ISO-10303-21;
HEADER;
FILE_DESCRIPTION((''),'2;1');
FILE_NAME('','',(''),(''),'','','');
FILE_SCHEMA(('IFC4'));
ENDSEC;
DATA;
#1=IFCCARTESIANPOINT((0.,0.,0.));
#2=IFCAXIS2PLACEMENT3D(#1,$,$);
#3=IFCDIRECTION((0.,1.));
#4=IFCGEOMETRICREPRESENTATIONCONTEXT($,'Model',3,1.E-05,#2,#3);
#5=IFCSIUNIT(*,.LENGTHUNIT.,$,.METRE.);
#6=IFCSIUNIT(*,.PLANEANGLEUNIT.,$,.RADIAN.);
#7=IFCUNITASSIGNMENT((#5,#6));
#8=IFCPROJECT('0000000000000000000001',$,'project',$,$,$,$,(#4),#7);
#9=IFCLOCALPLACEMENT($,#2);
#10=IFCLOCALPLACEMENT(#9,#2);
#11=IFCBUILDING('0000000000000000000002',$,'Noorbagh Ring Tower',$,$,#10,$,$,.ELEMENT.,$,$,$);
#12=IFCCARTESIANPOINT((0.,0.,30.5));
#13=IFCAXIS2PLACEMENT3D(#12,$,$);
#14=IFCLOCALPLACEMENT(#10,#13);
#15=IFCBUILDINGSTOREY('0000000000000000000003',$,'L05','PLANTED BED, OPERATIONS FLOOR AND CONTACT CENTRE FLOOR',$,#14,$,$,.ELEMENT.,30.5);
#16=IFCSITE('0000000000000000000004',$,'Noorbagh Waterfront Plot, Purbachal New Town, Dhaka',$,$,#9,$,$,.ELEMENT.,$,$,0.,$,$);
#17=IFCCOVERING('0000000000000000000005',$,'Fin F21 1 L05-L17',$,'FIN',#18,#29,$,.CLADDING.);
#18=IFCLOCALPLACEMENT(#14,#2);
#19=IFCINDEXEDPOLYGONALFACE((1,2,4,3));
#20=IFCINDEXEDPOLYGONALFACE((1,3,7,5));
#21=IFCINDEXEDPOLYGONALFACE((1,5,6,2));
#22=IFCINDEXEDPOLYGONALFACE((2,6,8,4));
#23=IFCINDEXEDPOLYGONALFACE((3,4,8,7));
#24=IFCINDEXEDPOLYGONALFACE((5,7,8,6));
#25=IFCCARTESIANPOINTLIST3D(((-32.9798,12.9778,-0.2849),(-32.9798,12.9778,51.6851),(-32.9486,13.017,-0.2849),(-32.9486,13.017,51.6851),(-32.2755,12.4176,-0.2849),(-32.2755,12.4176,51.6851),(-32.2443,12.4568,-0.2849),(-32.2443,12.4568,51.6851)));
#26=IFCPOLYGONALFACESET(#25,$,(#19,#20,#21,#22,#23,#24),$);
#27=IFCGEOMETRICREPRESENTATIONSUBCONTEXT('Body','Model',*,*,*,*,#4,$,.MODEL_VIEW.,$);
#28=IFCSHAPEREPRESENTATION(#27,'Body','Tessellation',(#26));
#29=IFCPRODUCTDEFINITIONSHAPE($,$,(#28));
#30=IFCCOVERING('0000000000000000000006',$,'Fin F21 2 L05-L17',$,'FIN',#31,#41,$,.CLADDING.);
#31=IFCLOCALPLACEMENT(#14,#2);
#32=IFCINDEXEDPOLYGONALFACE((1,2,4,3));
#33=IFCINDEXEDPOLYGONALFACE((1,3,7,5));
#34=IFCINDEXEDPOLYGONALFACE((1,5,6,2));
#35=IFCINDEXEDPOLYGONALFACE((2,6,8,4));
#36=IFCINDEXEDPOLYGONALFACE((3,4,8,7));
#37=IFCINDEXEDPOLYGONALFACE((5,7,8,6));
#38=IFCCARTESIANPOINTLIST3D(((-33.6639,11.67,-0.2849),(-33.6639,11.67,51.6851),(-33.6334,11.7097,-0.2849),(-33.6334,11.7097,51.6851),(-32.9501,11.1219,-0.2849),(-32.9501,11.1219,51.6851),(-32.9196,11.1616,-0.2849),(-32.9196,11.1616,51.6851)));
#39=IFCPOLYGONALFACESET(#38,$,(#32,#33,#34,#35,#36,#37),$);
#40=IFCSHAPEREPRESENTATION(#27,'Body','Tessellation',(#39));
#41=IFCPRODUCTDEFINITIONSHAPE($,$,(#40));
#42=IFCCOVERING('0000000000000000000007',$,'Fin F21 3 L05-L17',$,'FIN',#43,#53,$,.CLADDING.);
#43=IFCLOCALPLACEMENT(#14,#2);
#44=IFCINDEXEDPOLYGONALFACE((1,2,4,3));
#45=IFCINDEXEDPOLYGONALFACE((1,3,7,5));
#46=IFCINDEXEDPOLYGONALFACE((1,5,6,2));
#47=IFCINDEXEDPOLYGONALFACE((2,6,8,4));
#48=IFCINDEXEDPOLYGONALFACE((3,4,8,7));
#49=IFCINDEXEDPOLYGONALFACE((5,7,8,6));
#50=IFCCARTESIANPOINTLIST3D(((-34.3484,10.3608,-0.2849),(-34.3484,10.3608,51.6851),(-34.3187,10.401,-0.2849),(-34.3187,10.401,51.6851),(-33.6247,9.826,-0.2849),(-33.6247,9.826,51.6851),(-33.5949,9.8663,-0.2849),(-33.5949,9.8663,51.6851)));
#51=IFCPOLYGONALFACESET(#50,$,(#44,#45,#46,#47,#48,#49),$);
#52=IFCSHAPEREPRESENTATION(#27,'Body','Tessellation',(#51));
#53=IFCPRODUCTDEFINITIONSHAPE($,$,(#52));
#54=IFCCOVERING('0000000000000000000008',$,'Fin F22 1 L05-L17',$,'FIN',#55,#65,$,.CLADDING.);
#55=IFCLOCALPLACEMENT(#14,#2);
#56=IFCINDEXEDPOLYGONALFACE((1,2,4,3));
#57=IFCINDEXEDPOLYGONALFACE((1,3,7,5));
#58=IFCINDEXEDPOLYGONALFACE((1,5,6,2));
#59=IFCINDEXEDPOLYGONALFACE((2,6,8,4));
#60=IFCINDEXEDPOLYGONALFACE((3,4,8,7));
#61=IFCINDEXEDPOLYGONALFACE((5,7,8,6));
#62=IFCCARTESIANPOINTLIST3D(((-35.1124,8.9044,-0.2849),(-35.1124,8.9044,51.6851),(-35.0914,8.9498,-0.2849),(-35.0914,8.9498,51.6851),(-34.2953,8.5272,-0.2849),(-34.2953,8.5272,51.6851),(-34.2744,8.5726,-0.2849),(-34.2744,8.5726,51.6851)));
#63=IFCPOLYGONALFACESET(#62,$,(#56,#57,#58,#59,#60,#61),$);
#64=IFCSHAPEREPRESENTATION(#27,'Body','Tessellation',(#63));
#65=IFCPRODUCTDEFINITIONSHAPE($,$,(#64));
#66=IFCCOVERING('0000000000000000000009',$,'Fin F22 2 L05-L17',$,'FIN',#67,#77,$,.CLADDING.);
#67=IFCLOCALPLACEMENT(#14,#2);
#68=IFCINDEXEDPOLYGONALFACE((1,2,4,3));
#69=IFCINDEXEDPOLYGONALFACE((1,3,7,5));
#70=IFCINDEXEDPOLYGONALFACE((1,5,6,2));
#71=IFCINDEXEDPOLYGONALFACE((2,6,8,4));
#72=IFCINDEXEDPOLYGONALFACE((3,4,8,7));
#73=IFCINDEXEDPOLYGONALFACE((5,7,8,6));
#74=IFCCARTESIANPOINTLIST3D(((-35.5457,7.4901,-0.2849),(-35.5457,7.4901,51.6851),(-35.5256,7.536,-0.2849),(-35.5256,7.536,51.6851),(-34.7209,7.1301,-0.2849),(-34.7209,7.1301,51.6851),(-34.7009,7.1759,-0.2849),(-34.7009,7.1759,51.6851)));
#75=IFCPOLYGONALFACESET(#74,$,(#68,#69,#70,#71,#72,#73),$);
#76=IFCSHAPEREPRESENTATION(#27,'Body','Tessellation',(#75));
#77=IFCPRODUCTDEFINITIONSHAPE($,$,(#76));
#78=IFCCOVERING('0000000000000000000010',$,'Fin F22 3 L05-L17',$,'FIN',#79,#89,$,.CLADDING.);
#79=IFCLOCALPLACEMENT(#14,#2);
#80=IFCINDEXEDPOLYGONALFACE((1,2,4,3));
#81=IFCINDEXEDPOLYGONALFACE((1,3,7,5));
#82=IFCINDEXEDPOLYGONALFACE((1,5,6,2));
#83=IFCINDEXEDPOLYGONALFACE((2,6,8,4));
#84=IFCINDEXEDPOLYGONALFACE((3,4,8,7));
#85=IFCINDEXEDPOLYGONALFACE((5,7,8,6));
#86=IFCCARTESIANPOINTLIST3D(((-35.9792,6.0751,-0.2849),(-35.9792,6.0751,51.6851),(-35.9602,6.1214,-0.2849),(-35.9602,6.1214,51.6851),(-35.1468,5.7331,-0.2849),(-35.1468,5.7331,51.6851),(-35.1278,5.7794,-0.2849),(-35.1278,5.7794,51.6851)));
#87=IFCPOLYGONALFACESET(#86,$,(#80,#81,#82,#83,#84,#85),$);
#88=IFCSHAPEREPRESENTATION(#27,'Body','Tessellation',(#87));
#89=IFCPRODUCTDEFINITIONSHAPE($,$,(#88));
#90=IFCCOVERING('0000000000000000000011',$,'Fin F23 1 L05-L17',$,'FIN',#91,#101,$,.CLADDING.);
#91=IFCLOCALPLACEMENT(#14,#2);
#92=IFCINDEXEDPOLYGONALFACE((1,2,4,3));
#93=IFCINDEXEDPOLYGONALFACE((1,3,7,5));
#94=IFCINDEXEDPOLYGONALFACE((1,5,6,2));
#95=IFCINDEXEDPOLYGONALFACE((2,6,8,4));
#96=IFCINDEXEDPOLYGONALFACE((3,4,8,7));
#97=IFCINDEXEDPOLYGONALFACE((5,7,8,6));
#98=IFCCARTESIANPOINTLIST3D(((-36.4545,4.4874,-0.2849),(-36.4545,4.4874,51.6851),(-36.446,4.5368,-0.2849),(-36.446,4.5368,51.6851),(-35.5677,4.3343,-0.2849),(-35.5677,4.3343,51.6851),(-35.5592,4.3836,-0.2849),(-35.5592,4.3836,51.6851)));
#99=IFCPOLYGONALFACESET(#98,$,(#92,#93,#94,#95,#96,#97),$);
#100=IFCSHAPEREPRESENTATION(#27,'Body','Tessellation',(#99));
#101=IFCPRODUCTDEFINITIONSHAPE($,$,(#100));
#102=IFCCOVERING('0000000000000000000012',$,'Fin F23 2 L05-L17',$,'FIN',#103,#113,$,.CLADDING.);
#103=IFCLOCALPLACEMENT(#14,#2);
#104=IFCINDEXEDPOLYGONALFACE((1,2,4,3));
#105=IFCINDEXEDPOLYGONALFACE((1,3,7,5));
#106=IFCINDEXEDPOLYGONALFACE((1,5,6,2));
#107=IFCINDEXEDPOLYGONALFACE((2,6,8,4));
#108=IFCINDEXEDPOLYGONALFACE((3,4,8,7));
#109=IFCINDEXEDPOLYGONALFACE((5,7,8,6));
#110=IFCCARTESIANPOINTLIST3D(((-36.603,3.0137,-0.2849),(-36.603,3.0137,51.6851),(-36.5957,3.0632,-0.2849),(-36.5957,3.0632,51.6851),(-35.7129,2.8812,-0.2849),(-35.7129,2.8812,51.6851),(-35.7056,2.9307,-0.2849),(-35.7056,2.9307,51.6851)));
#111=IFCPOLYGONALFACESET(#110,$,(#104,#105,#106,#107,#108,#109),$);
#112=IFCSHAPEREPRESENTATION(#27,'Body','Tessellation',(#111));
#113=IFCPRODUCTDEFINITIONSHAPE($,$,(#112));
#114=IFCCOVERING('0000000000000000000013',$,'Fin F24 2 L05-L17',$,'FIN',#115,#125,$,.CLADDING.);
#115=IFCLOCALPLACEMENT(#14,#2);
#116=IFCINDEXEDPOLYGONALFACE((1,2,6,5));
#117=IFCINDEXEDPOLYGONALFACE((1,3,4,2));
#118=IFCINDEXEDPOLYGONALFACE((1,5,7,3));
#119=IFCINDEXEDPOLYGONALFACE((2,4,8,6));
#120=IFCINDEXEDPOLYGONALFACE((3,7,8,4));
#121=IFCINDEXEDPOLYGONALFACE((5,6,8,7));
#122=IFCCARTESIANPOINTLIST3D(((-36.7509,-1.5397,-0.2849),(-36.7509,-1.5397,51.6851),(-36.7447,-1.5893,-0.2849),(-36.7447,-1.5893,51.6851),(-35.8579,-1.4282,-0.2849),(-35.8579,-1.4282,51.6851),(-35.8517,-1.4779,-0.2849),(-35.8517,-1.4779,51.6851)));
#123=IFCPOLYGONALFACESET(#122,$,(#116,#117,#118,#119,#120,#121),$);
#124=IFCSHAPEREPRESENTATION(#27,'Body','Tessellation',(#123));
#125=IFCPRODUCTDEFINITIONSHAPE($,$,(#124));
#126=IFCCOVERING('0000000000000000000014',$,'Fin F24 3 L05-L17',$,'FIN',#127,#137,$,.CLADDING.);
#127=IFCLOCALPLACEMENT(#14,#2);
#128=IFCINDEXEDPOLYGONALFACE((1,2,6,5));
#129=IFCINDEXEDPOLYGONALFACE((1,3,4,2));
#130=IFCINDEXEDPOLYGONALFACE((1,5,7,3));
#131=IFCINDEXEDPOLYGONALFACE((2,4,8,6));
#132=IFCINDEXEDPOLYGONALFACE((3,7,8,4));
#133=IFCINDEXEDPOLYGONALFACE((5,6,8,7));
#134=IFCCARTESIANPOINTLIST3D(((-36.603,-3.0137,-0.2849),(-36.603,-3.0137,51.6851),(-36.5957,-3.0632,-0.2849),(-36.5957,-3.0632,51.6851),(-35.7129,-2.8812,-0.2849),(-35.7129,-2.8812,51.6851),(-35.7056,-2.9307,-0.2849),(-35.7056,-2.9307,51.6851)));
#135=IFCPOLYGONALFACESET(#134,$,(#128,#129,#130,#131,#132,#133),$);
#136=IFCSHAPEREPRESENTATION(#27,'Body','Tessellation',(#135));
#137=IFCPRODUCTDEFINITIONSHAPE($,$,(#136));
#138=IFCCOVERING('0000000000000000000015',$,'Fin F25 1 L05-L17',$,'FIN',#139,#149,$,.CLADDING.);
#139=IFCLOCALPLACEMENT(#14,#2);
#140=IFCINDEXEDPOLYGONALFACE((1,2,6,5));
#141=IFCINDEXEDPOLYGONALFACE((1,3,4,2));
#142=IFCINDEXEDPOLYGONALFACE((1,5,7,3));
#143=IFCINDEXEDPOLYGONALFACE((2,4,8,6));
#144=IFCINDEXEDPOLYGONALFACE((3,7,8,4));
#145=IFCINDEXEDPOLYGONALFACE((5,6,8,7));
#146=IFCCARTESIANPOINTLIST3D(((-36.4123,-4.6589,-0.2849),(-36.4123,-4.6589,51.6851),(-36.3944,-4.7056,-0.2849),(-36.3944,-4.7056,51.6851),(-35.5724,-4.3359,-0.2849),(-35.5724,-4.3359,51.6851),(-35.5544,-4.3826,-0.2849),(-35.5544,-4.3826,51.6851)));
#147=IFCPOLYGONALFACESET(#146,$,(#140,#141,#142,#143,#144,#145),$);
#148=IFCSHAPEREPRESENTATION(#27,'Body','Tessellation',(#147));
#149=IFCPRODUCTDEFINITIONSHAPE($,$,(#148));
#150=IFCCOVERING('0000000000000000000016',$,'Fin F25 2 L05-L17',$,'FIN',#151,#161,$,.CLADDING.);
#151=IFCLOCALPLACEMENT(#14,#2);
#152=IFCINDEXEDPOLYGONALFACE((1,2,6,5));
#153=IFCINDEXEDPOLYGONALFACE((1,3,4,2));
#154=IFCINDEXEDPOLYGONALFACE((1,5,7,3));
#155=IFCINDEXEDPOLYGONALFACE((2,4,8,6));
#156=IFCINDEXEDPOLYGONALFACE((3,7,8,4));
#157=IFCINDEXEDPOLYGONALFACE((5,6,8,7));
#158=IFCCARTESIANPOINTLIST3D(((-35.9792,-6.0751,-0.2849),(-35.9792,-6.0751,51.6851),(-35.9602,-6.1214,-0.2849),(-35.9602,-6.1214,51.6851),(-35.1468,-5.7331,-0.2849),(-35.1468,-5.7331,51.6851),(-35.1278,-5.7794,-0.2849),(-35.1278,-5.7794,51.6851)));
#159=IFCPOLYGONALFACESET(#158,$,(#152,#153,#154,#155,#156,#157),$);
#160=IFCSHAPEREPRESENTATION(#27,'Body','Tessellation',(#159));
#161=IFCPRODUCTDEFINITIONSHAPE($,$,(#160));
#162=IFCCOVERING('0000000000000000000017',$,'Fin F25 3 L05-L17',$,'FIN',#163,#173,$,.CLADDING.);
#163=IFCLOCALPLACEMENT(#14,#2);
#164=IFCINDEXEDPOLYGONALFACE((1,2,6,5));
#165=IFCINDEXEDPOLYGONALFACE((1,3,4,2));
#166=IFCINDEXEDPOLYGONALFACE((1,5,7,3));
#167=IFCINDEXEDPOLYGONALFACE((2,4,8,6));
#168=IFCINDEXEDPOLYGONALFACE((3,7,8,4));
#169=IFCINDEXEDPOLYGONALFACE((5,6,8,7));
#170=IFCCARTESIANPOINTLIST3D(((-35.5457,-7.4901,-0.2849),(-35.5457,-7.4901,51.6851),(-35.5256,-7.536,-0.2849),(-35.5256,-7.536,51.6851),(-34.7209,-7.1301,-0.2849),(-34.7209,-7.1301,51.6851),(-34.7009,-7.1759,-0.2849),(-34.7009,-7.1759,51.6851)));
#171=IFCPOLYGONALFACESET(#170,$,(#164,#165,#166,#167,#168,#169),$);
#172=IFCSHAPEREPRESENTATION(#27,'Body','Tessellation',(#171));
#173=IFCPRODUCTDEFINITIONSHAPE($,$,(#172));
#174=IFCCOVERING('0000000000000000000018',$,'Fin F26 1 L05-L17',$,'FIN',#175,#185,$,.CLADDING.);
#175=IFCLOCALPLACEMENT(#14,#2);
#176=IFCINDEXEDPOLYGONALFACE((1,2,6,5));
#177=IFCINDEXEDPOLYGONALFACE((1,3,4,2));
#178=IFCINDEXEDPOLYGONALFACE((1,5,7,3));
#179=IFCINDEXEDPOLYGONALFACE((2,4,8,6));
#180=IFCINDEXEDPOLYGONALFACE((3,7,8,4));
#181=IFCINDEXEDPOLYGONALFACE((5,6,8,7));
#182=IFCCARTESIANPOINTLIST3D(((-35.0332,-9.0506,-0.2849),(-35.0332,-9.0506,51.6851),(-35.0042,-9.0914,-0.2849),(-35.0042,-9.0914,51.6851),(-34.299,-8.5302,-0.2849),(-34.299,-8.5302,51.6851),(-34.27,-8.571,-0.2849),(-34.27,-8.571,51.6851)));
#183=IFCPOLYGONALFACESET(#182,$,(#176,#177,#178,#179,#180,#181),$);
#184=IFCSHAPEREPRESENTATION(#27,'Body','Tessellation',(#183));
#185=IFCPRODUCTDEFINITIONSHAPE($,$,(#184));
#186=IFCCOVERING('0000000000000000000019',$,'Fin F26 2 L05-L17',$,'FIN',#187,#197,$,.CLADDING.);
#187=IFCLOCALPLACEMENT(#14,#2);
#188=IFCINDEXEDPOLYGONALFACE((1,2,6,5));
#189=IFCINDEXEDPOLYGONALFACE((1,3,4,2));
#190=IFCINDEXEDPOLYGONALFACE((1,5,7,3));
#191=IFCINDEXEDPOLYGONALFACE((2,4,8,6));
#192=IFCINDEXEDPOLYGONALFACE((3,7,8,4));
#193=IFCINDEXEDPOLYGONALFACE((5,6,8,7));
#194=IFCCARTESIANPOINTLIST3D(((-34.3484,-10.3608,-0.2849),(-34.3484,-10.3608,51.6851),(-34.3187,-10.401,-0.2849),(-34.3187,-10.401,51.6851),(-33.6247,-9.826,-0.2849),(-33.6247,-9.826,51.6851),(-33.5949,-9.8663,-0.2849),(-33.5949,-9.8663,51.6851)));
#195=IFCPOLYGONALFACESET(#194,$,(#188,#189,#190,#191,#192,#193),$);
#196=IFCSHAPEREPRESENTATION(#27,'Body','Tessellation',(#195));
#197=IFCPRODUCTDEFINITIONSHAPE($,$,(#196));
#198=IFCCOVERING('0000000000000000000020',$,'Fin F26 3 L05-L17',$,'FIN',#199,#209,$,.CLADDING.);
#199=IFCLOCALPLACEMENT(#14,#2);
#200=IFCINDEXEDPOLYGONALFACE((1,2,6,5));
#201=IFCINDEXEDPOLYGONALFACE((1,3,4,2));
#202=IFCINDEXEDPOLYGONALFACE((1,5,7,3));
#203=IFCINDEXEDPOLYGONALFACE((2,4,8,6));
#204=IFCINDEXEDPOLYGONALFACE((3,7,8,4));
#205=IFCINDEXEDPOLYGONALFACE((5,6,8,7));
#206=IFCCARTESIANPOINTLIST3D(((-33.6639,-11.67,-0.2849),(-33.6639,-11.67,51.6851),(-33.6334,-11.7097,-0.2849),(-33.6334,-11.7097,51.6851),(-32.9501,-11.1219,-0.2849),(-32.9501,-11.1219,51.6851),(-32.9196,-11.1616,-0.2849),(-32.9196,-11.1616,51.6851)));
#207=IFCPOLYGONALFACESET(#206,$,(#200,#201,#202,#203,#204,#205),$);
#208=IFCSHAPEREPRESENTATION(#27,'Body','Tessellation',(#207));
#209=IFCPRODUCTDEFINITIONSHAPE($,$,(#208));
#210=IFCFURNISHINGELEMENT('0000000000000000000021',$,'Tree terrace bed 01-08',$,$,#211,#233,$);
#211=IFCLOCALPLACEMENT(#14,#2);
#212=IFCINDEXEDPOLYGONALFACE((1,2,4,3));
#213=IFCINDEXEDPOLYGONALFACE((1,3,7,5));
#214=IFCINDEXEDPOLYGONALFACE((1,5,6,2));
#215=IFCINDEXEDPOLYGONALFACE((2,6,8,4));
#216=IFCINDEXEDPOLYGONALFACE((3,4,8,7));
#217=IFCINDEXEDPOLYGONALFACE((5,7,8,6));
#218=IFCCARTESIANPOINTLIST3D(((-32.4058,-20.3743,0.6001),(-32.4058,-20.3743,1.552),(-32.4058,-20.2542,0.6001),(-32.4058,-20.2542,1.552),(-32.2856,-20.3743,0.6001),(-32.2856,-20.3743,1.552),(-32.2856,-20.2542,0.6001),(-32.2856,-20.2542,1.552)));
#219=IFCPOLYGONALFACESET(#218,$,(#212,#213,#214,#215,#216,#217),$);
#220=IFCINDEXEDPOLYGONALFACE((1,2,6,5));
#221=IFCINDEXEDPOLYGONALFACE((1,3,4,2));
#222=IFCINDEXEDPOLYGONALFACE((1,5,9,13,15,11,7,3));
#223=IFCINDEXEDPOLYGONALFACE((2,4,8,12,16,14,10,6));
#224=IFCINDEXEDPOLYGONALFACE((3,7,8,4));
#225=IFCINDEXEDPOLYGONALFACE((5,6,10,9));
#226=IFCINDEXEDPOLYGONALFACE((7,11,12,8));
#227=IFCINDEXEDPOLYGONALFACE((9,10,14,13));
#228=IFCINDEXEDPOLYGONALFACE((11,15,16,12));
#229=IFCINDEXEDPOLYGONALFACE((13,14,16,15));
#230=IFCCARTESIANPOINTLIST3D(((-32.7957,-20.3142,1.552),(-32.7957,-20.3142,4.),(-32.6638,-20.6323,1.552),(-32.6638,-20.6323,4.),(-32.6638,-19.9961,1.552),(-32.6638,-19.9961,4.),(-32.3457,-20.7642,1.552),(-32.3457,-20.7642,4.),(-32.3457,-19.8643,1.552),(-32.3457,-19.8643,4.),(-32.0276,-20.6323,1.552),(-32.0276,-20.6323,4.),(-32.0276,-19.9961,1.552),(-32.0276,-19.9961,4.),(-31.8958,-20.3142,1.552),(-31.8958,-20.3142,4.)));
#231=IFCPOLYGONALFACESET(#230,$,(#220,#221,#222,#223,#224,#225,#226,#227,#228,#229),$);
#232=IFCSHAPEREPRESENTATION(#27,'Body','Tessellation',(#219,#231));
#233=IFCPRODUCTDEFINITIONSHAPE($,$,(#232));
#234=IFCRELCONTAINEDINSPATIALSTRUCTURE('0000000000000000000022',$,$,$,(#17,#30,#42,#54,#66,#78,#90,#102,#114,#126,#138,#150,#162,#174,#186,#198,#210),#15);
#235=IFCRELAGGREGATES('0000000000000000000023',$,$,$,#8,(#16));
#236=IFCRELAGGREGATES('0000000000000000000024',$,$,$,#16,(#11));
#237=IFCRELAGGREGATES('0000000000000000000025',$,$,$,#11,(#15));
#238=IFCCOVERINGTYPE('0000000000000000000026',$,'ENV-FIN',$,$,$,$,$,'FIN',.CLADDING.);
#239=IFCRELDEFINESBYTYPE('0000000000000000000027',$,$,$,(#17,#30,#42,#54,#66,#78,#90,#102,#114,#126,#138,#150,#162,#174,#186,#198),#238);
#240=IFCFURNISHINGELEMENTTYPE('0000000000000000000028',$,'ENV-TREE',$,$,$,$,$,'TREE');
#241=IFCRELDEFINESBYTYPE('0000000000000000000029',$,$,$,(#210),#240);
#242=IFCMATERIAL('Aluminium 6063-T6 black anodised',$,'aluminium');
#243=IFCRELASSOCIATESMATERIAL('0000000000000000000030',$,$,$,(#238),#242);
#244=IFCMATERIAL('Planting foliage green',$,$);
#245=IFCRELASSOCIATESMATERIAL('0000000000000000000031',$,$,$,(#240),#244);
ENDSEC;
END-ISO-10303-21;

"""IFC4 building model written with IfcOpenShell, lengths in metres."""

from ifc_helpers import new_model, si_unit, direction, frame, origin, origin_2d, place, context, subcontext, project, spatial, polyline, rectangle, outline, extrude, material, material_profile, profile_set, type_object, element, save


model = new_model("IFC4")

# Units and contexts
model_context = context("Model", 3, precision=1e-05, world=origin(), true_north=direction((0.0, 1.0)))
body_context = subcontext(model_context, "Body", "Model", "MODEL_VIEW")
ifc_project = project(units=[si_unit("LENGTHUNIT", "METRE"), si_unit("PLANEANGLEUNIT", "RADIAN")], contexts=[model_context])

# Site, building, storey
site_placement = place(None, origin())
site = spatial("IfcSite", under=ifc_project, at=site_placement, Name="Noorbagh Waterfront Plot, Purbachal New Town, Dhaka", CompositionType="ELEMENT", RefElevation=0.0)
building_placement = place(site_placement, origin())
building = spatial("IfcBuilding", under=site, at=building_placement, Name="Noorbagh Ring Tower", CompositionType="ELEMENT")
storey_placement = place(building_placement, frame((0.0, 0.0, 30.5)))
storey = spatial("IfcBuildingStorey", under=building, at=storey_placement, Name="L05", Description="PLANTED BED, OPERATIONS FLOOR AND CONTACT CENTRE FLOOR", CompositionType="ELEMENT", Elevation=30.5)

# Coverings
ifc_material_1 = material(Name="Aluminium 6063-T6 black anodised", Category="aluminium")
ifc_material_profile_1 = material_profile(ifc_material_1, rectangle(XDim=0.8999, YDim=0.05, at=origin_2d()), Name="900x50")
ifc_profile_set_1 = profile_set([ifc_material_profile_1], Name="Aluminium 6063-T6 black anodised")
covering_type = type_object("IfcCoveringType", Name="ENV-FIN", ElementType="FIN", PredefinedType="CLADDING", material=ifc_profile_set_1)
for number, where, z_axis, x_axis, name in (
    (1, (-32.6121, 12.7173, -0.2849), (0.0, 0.0, 1.0), (-0.782644, 0.62247, 0.0), "Fin F21 1 L05-L17"),
    (2, (-33.2917, 11.4158, -0.2849), (0.0, 0.0, 1.0), (-0.793138, 0.609043, 0.0), "Fin F21 2 L05-L17"),
    (3, (-33.9717, 10.1135, -0.2849), (0.0, 0.0, 1.0), (-0.80426, 0.594277, 0.0), "Fin F21 3 L05-L17"),
    (4, (-34.6934, 8.7385, -0.2849), (0.0, 0.0, 1.0), (-0.907912, 0.419162, 0.0), "Fin F22 1 L05-L17"),
    (5, (-35.1233, 7.333, -0.2849), (0.0, 0.0, 1.0), (-0.916475, 0.400092, 0.0), "Fin F22 2 L05-L17"),
    (6, (-35.5535, 5.9272, -0.2849), (0.0, 0.0, 1.0), (-0.925001, 0.379965, 0.0), "Fin F22 3 L05-L17"),
    (7, (-36.0068, 4.4355, -0.2849), (0.0, 0.0, 1.0), (-0.985419, 0.170147, 0.0), "Fin F23 1 L05-L17"),
    (8, (-36.1543, 2.9722, -0.2849), (0.0, 0.0, 1.0), (-0.989103, 0.147226, 0.0), "Fin F23 2 L05-L17"),
    (9, (-36.3013, -1.5088, -0.2849), (0.0, 0.0, 1.0), (-0.992303, -0.123835, 0.0), "Fin F24 2 L05-L17"),
    (10, (-36.1543, -2.9722, -0.2849), (0.0, 0.0, 1.0), (-0.989103, -0.147226, 0.0), "Fin F24 3 L05-L17"),
    (11, (-35.9834, -4.5208, -0.2849), (0.0, 0.0, 1.0), (-0.933362, -0.358936, 0.0), "Fin F25 1 L05-L17"),
    (12, (-35.5535, -5.9272, -0.2849), (0.0, 0.0, 1.0), (-0.925001, -0.379965, 0.0), "Fin F25 2 L05-L17"),
    (13, (-35.1233, -7.333, -0.2849), (0.0, 0.0, 1.0), (-0.916475, -0.400092, 0.0), "Fin F25 3 L05-L17"),
    (14, (-34.6516, -8.8108, -0.2849), (0.0, 0.0, 1.0), (-0.815855, -0.578256, 0.0), "Fin F26 1 L05-L17"),
    (15, (-33.9717, -10.1135, -0.2849), (0.0, 0.0, 1.0), (-0.80426, -0.594277, 0.0), "Fin F26 2 L05-L17"),
    (16, (-33.2917, -11.4158, -0.2849), (0.0, 0.0, 1.0), (-0.793138, -0.609043, 0.0), "Fin F26 3 L05-L17"),
):
    element("IfcCovering", number, at=place(storey_placement, frame(where, z_axis=z_axis, x_axis=x_axis)), inside=storey, type_object=covering_type, Name=name, ObjectType="FIN", PredefinedType="CLADDING", context=body_context, shape_type="SweptSolid", body=[
        extrude(rectangle(XDim=0.8999, YDim=0.05, at=origin_2d()), origin(), (0.0, 0.0, 1.0), 51.97),
    ])

# Furnishing element
ifc_material_2 = material(Name="Planting foliage green")
furnishing_element_type = type_object("IfcFurnishingElementType", Name="ENV-TREE", ElementType="TREE", material=ifc_material_2)
furnishing_placement = place(storey_placement, frame((-32.3457, -20.3142, 0.6001), z_axis=(0.0, 0.0, 1.0), x_axis=(1.0, 0.0, 0.0)))
element("IfcFurnishingElement", 17, at=furnishing_placement, inside=storey, type_object=furnishing_element_type, Name="Tree terrace bed 01-08", context=body_context, shape_type="SweptSolid", body=[
    extrude(rectangle(XDim=0.1201, YDim=0.1201, at=origin_2d()), origin(), (0.0, 0.0, 1.0), 0.9519),
    extrude(outline(polyline([(0.45, 0.0), (0.3181, 0.3181), (0.0, 0.45), (-0.3181, 0.3181), (-0.45, 0.0), (-0.3181, -0.3181), (0.0, -0.45), (0.3181, -0.3181), (0.45, 0.0)])), frame((0.0, 0.0, 0.9519)), (0.0, 0.0, 1.0), 2.448),
])

save(model, "model.ifc")
